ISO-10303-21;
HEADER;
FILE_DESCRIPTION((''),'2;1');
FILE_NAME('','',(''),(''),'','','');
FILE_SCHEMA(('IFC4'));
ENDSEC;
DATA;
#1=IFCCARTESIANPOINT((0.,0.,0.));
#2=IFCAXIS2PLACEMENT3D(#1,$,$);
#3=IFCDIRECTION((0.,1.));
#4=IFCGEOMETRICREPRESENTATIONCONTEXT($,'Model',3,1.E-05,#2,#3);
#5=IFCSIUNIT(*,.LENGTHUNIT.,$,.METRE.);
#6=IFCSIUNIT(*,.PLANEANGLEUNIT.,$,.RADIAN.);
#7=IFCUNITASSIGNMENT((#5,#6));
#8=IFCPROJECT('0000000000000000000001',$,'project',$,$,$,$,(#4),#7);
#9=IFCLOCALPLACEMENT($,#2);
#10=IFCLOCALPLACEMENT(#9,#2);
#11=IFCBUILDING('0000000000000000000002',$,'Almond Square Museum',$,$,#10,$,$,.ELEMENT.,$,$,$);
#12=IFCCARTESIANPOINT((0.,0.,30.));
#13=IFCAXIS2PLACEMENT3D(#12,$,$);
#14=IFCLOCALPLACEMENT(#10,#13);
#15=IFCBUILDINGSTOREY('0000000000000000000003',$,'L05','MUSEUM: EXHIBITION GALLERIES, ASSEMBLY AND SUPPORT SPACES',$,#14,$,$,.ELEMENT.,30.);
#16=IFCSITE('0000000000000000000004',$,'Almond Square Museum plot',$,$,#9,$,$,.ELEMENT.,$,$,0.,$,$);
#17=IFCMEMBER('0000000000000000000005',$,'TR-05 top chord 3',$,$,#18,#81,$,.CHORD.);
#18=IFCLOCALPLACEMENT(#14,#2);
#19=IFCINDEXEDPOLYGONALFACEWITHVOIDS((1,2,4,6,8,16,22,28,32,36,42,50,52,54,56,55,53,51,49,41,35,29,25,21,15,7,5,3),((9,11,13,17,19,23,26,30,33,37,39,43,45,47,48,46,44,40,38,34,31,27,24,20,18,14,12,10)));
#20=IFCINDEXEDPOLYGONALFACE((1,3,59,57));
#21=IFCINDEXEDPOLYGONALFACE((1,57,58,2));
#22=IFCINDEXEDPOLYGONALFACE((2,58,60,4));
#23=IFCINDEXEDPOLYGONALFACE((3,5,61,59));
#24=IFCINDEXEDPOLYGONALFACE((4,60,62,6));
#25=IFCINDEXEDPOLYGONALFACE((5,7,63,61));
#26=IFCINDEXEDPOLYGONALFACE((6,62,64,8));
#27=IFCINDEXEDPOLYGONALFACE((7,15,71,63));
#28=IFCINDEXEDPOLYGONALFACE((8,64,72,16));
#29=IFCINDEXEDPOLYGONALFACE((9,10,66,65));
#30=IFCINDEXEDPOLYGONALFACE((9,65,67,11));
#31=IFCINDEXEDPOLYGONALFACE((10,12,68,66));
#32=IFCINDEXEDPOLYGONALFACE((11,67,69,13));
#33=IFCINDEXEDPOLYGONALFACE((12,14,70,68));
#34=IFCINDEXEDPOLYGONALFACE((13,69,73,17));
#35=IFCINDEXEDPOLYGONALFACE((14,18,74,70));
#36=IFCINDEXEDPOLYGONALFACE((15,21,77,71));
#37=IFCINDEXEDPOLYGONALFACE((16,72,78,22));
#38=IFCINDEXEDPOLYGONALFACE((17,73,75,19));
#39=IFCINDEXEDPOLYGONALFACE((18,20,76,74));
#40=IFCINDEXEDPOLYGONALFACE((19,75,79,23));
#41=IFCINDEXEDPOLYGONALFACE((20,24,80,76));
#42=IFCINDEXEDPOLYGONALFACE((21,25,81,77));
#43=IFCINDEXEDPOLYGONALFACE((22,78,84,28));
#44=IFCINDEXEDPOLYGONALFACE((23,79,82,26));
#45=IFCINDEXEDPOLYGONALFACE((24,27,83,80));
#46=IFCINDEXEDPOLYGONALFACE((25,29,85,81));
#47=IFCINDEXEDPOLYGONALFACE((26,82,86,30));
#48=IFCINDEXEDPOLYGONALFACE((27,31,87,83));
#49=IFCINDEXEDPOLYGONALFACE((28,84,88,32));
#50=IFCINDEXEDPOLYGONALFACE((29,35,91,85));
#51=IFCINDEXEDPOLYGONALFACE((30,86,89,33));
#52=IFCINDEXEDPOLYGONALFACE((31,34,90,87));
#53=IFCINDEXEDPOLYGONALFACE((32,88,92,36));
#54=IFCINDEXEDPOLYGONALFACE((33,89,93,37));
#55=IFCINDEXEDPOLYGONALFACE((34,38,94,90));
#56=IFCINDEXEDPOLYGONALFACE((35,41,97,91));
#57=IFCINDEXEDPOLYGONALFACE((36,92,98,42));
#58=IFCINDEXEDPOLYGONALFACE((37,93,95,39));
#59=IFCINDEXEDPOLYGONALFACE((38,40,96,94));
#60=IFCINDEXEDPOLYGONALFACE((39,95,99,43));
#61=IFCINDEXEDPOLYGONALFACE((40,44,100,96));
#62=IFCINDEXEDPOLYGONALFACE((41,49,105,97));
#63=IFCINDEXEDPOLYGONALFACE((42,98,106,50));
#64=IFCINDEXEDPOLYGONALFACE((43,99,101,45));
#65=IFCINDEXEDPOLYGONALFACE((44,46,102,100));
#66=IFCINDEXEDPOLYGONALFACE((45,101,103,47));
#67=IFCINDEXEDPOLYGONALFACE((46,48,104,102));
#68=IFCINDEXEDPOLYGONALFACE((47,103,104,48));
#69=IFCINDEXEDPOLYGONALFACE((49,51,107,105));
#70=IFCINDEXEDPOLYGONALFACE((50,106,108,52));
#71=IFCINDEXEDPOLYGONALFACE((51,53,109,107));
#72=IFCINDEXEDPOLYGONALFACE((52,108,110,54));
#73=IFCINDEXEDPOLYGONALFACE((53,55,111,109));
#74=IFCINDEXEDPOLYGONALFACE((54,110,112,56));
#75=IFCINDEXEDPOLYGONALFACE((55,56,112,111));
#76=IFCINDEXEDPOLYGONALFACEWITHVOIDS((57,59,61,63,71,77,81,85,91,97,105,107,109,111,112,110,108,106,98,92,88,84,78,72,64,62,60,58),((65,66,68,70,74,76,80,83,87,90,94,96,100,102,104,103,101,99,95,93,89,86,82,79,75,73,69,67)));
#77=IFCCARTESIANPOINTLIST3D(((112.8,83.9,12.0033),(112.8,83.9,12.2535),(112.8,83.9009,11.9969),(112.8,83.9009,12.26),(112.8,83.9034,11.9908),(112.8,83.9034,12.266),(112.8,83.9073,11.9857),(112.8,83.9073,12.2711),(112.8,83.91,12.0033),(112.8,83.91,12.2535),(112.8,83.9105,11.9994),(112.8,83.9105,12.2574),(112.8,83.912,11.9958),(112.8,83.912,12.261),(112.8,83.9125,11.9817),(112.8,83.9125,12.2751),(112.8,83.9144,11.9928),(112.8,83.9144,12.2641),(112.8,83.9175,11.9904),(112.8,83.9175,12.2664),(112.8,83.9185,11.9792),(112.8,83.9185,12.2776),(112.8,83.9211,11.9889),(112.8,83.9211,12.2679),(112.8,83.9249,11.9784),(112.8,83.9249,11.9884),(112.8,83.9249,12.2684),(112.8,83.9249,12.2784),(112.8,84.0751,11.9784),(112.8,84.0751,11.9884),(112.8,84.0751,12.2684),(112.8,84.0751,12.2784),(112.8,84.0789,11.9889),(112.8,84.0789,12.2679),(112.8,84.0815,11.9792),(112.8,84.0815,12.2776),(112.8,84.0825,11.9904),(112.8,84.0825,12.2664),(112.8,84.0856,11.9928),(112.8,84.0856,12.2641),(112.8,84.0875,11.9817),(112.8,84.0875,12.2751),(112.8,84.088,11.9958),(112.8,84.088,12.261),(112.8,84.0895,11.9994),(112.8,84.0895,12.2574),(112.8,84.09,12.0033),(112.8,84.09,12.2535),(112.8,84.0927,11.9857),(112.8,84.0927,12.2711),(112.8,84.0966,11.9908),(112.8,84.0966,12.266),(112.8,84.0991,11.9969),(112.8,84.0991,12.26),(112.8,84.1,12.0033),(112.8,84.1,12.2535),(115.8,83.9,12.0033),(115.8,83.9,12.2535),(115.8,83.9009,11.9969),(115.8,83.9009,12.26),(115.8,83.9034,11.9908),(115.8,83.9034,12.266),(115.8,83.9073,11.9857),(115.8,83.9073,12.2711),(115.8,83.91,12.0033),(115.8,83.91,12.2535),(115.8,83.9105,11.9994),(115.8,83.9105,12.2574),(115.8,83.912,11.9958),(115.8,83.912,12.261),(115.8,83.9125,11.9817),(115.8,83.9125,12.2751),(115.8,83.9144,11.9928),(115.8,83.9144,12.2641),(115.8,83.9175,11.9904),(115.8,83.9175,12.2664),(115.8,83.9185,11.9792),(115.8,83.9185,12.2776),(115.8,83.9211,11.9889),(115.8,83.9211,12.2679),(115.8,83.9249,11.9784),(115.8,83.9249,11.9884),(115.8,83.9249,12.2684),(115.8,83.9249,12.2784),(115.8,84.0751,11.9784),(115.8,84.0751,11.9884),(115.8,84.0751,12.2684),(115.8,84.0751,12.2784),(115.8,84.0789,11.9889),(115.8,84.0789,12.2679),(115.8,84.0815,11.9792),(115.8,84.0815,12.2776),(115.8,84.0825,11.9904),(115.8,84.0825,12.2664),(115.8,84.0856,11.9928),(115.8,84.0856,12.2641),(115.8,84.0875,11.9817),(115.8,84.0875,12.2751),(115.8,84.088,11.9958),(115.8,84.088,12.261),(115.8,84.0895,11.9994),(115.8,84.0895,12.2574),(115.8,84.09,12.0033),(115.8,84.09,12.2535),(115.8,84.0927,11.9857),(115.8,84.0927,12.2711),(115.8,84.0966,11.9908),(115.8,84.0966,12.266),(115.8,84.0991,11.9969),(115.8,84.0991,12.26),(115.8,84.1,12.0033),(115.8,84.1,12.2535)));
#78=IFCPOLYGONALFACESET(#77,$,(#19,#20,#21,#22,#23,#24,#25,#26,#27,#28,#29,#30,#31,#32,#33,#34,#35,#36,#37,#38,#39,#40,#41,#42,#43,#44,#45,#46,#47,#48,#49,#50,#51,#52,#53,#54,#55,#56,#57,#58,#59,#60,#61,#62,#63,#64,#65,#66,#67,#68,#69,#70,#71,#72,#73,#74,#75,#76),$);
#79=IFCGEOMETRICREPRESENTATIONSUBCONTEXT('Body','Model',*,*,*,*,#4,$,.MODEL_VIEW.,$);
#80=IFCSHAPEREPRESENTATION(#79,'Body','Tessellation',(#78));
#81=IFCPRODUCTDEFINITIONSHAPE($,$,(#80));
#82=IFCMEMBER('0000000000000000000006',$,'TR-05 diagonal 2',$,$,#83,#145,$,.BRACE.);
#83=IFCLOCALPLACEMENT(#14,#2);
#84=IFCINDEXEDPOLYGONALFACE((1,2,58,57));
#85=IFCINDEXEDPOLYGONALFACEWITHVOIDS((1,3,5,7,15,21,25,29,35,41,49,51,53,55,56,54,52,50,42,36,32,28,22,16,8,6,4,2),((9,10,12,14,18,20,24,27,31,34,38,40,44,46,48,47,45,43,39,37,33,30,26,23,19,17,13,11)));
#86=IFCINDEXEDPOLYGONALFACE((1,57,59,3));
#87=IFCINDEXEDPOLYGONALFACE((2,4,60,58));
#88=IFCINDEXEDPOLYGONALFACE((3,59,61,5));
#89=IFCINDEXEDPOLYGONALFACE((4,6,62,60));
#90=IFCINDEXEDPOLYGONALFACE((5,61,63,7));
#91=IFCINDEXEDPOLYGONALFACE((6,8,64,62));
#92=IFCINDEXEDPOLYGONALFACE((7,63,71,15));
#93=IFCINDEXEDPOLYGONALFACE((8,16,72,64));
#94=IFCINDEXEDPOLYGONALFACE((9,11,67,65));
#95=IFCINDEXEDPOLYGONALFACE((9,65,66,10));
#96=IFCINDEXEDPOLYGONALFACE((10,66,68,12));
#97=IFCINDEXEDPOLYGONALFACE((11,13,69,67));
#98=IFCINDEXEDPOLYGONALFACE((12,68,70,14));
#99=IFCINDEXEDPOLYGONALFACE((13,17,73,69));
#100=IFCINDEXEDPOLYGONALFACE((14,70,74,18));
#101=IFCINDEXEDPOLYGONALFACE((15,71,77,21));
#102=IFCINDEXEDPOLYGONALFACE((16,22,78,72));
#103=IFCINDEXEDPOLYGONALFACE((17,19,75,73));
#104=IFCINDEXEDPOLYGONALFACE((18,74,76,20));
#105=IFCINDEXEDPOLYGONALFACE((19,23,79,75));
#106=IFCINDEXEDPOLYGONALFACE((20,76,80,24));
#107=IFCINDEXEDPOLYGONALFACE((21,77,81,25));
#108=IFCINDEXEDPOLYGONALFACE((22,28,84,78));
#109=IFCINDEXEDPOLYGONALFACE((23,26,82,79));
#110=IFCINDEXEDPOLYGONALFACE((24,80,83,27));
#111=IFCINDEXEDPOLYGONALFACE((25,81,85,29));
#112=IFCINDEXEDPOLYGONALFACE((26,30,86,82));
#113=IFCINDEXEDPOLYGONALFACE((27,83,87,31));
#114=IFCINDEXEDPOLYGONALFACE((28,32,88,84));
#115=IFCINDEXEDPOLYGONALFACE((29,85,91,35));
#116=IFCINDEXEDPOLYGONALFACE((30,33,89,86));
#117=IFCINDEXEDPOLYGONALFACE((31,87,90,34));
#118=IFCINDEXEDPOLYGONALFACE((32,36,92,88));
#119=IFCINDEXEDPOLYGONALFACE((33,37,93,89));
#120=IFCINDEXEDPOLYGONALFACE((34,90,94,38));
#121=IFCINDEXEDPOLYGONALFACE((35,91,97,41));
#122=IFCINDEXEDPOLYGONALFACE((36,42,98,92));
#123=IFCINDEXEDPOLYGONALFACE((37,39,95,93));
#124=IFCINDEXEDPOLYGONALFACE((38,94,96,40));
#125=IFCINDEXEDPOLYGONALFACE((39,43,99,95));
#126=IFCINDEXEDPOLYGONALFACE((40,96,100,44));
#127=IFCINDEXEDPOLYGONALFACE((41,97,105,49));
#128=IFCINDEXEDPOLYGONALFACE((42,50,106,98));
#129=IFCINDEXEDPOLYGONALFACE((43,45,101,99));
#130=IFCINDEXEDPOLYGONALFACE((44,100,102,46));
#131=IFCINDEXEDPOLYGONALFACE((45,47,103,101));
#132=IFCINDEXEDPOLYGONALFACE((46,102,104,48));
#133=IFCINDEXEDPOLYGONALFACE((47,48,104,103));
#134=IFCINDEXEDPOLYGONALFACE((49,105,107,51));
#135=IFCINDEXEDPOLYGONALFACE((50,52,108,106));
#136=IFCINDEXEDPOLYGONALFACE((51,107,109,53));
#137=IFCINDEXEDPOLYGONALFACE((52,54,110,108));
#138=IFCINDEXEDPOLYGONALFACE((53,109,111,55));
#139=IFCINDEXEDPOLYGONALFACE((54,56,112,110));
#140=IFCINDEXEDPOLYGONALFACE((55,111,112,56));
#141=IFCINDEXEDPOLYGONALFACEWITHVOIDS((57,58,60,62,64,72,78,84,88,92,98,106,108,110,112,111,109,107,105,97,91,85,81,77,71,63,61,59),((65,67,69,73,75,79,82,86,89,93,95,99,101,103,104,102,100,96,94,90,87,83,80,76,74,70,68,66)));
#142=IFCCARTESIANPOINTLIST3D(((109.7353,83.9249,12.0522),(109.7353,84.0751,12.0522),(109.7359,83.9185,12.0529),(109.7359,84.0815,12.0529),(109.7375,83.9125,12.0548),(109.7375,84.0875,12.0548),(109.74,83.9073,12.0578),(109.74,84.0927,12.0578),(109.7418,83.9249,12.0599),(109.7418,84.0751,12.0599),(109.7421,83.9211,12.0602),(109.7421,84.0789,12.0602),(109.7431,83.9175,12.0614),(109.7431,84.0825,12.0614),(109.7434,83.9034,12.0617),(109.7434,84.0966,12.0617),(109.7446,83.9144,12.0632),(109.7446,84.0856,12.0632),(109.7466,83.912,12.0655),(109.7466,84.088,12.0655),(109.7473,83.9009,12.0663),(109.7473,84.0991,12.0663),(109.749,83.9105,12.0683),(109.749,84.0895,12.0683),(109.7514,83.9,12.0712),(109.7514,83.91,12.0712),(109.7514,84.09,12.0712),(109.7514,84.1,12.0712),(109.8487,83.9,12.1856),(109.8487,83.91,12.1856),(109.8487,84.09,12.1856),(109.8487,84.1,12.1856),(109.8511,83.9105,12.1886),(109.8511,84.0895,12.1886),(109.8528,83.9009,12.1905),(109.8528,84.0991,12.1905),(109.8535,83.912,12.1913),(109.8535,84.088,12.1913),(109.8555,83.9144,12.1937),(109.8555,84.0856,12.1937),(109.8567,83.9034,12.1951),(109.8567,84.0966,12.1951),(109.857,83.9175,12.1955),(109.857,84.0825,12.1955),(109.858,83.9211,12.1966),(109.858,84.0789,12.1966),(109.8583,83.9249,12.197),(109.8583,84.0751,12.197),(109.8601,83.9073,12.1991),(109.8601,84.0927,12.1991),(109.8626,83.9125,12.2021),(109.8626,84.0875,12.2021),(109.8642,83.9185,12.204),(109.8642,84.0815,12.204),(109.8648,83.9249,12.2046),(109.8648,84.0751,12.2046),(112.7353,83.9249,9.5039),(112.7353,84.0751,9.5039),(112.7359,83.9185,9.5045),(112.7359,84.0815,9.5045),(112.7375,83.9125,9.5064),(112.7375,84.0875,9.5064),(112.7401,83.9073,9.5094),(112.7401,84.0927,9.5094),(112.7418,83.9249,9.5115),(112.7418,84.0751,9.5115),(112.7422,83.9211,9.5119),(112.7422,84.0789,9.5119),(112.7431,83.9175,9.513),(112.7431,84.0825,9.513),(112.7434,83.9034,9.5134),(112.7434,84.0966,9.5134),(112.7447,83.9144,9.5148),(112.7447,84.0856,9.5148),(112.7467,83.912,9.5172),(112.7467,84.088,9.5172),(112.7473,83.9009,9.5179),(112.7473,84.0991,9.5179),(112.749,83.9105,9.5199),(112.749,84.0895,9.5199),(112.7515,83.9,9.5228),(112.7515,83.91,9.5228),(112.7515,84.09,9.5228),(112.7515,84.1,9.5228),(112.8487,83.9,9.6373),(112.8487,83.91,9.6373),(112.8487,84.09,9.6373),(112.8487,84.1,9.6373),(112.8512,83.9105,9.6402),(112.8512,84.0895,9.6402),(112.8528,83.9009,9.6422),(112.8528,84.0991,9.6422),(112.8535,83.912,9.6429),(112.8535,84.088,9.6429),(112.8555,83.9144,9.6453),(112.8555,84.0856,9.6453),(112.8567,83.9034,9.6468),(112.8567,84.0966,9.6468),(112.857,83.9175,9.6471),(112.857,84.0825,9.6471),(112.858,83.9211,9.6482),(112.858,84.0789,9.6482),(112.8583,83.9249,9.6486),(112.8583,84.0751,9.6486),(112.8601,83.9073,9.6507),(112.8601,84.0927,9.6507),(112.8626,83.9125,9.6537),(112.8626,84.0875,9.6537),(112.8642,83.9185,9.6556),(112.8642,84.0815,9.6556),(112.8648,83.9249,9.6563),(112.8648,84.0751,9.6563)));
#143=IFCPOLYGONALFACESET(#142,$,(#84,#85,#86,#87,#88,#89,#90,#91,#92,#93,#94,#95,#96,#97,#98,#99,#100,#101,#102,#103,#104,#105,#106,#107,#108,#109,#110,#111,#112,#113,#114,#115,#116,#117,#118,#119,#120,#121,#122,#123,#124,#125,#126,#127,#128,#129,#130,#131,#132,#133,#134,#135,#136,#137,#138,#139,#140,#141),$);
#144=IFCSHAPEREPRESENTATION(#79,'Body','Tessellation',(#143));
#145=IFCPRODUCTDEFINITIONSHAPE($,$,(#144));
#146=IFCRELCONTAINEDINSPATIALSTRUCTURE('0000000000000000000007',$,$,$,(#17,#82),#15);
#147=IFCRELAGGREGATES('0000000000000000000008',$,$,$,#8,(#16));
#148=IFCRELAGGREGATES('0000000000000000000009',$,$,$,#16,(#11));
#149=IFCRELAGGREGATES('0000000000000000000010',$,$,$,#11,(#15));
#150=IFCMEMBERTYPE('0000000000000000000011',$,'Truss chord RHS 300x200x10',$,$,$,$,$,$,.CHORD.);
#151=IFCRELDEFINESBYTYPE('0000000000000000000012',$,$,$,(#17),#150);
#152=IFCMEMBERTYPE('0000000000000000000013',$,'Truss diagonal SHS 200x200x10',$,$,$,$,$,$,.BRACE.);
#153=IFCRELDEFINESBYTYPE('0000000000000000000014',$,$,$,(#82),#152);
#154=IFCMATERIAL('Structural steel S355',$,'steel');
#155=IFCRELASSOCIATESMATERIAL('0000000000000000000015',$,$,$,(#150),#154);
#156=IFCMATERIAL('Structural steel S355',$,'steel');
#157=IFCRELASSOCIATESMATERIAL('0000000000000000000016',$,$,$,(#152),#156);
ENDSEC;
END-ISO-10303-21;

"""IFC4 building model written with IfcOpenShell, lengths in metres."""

from ifc_helpers import new_model, si_unit, direction, frame, origin, origin_2d, place, context, subcontext, project, spatial, hollow_rectangle, extrude, material, material_profile, profile_set, type_object, element, save


model = new_model("IFC4")

# Units and contexts
model_context = context("Model", 3, precision=1e-05, world=origin(), true_north=direction((0.0, 1.0)))
body_context = subcontext(model_context, "Body", "Model", "MODEL_VIEW")
ifc_project = project(units=[si_unit("LENGTHUNIT", "METRE"), si_unit("PLANEANGLEUNIT", "RADIAN")], contexts=[model_context])

# Site, building, storey
site_placement = place(None, origin())
site = spatial("IfcSite", under=ifc_project, at=site_placement, Name="Almond Square Museum plot", CompositionType="ELEMENT", RefElevation=0.0)
building_placement = place(site_placement, origin())
building = spatial("IfcBuilding", under=site, at=building_placement, Name="Almond Square Museum", CompositionType="ELEMENT")
storey_placement = place(building_placement, frame((0.0, 0.0, 30.0)))
storey = spatial("IfcBuildingStorey", under=building, at=storey_placement, Name="L05", Description="MUSEUM: EXHIBITION GALLERIES, ASSEMBLY AND SUPPORT SPACES", CompositionType="ELEMENT", Elevation=30.0)

# Members
ifc_material_1 = material(Name="Structural steel S355", Category="steel")
ifc_material_profile_1 = material_profile(ifc_material_1, hollow_rectangle(XDim=0.2, YDim=0.3, WallThickness=0.01, InnerFilletRadius=0.0149, OuterFilletRadius=0.0249, at=origin_2d()))
ifc_profile_set_1 = profile_set([ifc_material_profile_1], Name="Structural steel S355")
member_type_1 = type_object("IfcMemberType", Name="Truss chord RHS 300x200x10", PredefinedType="CHORD", material=ifc_profile_set_1)
for number, where, z_axis, x_axis, name in (
    (1, (112.8, 84.0, 12.1284), (1.0, 0.0, 0.0), (0.0, 1.0, 0.0), "TR-05 top chord 3"),
):
    element("IfcMember", number, at=place(storey_placement, frame(where, z_axis=z_axis, x_axis=x_axis)), inside=storey, type_object=member_type_1, Name=name, PredefinedType="CHORD", context=body_context, shape_type="SweptSolid", body=[
        extrude(hollow_rectangle(XDim=0.2, YDim=0.3, WallThickness=0.01, InnerFilletRadius=0.0149, OuterFilletRadius=0.0249, at=origin_2d()), origin(), (0.0, 0.0, 1.0), 3.0),
    ])
ifc_material_2 = material(Name="Structural steel S355", Category="steel")
ifc_material_profile_2 = material_profile(ifc_material_2, hollow_rectangle(XDim=0.2, YDim=0.2, WallThickness=0.01, InnerFilletRadius=0.0149, OuterFilletRadius=0.0249, at=origin_2d()))
ifc_profile_set_2 = profile_set([ifc_material_profile_2], Name="Structural steel S355")
member_type_2 = type_object("IfcMemberType", Name="Truss diagonal SHS 200x200x10", PredefinedType="BRACE", material=ifc_profile_set_2)
for number, where, z_axis, x_axis, name in (
    (2, (109.8, 84.0, 12.1284), (0.762147, 0.0, -0.647404), (0.0, 1.0, 0.0), "TR-05 diagonal 2"),
):
    element("IfcMember", number, at=place(storey_placement, frame(where, z_axis=z_axis, x_axis=x_axis)), inside=storey, type_object=member_type_2, Name=name, PredefinedType="BRACE", context=body_context, shape_type="SweptSolid", body=[
        extrude(hollow_rectangle(XDim=0.2, YDim=0.2, WallThickness=0.01, InnerFilletRadius=0.0149, OuterFilletRadius=0.0249, at=origin_2d()), origin(), (0.0, 0.0, 1.0), 3.9363),
    ])

save(model, "model.ifc")
